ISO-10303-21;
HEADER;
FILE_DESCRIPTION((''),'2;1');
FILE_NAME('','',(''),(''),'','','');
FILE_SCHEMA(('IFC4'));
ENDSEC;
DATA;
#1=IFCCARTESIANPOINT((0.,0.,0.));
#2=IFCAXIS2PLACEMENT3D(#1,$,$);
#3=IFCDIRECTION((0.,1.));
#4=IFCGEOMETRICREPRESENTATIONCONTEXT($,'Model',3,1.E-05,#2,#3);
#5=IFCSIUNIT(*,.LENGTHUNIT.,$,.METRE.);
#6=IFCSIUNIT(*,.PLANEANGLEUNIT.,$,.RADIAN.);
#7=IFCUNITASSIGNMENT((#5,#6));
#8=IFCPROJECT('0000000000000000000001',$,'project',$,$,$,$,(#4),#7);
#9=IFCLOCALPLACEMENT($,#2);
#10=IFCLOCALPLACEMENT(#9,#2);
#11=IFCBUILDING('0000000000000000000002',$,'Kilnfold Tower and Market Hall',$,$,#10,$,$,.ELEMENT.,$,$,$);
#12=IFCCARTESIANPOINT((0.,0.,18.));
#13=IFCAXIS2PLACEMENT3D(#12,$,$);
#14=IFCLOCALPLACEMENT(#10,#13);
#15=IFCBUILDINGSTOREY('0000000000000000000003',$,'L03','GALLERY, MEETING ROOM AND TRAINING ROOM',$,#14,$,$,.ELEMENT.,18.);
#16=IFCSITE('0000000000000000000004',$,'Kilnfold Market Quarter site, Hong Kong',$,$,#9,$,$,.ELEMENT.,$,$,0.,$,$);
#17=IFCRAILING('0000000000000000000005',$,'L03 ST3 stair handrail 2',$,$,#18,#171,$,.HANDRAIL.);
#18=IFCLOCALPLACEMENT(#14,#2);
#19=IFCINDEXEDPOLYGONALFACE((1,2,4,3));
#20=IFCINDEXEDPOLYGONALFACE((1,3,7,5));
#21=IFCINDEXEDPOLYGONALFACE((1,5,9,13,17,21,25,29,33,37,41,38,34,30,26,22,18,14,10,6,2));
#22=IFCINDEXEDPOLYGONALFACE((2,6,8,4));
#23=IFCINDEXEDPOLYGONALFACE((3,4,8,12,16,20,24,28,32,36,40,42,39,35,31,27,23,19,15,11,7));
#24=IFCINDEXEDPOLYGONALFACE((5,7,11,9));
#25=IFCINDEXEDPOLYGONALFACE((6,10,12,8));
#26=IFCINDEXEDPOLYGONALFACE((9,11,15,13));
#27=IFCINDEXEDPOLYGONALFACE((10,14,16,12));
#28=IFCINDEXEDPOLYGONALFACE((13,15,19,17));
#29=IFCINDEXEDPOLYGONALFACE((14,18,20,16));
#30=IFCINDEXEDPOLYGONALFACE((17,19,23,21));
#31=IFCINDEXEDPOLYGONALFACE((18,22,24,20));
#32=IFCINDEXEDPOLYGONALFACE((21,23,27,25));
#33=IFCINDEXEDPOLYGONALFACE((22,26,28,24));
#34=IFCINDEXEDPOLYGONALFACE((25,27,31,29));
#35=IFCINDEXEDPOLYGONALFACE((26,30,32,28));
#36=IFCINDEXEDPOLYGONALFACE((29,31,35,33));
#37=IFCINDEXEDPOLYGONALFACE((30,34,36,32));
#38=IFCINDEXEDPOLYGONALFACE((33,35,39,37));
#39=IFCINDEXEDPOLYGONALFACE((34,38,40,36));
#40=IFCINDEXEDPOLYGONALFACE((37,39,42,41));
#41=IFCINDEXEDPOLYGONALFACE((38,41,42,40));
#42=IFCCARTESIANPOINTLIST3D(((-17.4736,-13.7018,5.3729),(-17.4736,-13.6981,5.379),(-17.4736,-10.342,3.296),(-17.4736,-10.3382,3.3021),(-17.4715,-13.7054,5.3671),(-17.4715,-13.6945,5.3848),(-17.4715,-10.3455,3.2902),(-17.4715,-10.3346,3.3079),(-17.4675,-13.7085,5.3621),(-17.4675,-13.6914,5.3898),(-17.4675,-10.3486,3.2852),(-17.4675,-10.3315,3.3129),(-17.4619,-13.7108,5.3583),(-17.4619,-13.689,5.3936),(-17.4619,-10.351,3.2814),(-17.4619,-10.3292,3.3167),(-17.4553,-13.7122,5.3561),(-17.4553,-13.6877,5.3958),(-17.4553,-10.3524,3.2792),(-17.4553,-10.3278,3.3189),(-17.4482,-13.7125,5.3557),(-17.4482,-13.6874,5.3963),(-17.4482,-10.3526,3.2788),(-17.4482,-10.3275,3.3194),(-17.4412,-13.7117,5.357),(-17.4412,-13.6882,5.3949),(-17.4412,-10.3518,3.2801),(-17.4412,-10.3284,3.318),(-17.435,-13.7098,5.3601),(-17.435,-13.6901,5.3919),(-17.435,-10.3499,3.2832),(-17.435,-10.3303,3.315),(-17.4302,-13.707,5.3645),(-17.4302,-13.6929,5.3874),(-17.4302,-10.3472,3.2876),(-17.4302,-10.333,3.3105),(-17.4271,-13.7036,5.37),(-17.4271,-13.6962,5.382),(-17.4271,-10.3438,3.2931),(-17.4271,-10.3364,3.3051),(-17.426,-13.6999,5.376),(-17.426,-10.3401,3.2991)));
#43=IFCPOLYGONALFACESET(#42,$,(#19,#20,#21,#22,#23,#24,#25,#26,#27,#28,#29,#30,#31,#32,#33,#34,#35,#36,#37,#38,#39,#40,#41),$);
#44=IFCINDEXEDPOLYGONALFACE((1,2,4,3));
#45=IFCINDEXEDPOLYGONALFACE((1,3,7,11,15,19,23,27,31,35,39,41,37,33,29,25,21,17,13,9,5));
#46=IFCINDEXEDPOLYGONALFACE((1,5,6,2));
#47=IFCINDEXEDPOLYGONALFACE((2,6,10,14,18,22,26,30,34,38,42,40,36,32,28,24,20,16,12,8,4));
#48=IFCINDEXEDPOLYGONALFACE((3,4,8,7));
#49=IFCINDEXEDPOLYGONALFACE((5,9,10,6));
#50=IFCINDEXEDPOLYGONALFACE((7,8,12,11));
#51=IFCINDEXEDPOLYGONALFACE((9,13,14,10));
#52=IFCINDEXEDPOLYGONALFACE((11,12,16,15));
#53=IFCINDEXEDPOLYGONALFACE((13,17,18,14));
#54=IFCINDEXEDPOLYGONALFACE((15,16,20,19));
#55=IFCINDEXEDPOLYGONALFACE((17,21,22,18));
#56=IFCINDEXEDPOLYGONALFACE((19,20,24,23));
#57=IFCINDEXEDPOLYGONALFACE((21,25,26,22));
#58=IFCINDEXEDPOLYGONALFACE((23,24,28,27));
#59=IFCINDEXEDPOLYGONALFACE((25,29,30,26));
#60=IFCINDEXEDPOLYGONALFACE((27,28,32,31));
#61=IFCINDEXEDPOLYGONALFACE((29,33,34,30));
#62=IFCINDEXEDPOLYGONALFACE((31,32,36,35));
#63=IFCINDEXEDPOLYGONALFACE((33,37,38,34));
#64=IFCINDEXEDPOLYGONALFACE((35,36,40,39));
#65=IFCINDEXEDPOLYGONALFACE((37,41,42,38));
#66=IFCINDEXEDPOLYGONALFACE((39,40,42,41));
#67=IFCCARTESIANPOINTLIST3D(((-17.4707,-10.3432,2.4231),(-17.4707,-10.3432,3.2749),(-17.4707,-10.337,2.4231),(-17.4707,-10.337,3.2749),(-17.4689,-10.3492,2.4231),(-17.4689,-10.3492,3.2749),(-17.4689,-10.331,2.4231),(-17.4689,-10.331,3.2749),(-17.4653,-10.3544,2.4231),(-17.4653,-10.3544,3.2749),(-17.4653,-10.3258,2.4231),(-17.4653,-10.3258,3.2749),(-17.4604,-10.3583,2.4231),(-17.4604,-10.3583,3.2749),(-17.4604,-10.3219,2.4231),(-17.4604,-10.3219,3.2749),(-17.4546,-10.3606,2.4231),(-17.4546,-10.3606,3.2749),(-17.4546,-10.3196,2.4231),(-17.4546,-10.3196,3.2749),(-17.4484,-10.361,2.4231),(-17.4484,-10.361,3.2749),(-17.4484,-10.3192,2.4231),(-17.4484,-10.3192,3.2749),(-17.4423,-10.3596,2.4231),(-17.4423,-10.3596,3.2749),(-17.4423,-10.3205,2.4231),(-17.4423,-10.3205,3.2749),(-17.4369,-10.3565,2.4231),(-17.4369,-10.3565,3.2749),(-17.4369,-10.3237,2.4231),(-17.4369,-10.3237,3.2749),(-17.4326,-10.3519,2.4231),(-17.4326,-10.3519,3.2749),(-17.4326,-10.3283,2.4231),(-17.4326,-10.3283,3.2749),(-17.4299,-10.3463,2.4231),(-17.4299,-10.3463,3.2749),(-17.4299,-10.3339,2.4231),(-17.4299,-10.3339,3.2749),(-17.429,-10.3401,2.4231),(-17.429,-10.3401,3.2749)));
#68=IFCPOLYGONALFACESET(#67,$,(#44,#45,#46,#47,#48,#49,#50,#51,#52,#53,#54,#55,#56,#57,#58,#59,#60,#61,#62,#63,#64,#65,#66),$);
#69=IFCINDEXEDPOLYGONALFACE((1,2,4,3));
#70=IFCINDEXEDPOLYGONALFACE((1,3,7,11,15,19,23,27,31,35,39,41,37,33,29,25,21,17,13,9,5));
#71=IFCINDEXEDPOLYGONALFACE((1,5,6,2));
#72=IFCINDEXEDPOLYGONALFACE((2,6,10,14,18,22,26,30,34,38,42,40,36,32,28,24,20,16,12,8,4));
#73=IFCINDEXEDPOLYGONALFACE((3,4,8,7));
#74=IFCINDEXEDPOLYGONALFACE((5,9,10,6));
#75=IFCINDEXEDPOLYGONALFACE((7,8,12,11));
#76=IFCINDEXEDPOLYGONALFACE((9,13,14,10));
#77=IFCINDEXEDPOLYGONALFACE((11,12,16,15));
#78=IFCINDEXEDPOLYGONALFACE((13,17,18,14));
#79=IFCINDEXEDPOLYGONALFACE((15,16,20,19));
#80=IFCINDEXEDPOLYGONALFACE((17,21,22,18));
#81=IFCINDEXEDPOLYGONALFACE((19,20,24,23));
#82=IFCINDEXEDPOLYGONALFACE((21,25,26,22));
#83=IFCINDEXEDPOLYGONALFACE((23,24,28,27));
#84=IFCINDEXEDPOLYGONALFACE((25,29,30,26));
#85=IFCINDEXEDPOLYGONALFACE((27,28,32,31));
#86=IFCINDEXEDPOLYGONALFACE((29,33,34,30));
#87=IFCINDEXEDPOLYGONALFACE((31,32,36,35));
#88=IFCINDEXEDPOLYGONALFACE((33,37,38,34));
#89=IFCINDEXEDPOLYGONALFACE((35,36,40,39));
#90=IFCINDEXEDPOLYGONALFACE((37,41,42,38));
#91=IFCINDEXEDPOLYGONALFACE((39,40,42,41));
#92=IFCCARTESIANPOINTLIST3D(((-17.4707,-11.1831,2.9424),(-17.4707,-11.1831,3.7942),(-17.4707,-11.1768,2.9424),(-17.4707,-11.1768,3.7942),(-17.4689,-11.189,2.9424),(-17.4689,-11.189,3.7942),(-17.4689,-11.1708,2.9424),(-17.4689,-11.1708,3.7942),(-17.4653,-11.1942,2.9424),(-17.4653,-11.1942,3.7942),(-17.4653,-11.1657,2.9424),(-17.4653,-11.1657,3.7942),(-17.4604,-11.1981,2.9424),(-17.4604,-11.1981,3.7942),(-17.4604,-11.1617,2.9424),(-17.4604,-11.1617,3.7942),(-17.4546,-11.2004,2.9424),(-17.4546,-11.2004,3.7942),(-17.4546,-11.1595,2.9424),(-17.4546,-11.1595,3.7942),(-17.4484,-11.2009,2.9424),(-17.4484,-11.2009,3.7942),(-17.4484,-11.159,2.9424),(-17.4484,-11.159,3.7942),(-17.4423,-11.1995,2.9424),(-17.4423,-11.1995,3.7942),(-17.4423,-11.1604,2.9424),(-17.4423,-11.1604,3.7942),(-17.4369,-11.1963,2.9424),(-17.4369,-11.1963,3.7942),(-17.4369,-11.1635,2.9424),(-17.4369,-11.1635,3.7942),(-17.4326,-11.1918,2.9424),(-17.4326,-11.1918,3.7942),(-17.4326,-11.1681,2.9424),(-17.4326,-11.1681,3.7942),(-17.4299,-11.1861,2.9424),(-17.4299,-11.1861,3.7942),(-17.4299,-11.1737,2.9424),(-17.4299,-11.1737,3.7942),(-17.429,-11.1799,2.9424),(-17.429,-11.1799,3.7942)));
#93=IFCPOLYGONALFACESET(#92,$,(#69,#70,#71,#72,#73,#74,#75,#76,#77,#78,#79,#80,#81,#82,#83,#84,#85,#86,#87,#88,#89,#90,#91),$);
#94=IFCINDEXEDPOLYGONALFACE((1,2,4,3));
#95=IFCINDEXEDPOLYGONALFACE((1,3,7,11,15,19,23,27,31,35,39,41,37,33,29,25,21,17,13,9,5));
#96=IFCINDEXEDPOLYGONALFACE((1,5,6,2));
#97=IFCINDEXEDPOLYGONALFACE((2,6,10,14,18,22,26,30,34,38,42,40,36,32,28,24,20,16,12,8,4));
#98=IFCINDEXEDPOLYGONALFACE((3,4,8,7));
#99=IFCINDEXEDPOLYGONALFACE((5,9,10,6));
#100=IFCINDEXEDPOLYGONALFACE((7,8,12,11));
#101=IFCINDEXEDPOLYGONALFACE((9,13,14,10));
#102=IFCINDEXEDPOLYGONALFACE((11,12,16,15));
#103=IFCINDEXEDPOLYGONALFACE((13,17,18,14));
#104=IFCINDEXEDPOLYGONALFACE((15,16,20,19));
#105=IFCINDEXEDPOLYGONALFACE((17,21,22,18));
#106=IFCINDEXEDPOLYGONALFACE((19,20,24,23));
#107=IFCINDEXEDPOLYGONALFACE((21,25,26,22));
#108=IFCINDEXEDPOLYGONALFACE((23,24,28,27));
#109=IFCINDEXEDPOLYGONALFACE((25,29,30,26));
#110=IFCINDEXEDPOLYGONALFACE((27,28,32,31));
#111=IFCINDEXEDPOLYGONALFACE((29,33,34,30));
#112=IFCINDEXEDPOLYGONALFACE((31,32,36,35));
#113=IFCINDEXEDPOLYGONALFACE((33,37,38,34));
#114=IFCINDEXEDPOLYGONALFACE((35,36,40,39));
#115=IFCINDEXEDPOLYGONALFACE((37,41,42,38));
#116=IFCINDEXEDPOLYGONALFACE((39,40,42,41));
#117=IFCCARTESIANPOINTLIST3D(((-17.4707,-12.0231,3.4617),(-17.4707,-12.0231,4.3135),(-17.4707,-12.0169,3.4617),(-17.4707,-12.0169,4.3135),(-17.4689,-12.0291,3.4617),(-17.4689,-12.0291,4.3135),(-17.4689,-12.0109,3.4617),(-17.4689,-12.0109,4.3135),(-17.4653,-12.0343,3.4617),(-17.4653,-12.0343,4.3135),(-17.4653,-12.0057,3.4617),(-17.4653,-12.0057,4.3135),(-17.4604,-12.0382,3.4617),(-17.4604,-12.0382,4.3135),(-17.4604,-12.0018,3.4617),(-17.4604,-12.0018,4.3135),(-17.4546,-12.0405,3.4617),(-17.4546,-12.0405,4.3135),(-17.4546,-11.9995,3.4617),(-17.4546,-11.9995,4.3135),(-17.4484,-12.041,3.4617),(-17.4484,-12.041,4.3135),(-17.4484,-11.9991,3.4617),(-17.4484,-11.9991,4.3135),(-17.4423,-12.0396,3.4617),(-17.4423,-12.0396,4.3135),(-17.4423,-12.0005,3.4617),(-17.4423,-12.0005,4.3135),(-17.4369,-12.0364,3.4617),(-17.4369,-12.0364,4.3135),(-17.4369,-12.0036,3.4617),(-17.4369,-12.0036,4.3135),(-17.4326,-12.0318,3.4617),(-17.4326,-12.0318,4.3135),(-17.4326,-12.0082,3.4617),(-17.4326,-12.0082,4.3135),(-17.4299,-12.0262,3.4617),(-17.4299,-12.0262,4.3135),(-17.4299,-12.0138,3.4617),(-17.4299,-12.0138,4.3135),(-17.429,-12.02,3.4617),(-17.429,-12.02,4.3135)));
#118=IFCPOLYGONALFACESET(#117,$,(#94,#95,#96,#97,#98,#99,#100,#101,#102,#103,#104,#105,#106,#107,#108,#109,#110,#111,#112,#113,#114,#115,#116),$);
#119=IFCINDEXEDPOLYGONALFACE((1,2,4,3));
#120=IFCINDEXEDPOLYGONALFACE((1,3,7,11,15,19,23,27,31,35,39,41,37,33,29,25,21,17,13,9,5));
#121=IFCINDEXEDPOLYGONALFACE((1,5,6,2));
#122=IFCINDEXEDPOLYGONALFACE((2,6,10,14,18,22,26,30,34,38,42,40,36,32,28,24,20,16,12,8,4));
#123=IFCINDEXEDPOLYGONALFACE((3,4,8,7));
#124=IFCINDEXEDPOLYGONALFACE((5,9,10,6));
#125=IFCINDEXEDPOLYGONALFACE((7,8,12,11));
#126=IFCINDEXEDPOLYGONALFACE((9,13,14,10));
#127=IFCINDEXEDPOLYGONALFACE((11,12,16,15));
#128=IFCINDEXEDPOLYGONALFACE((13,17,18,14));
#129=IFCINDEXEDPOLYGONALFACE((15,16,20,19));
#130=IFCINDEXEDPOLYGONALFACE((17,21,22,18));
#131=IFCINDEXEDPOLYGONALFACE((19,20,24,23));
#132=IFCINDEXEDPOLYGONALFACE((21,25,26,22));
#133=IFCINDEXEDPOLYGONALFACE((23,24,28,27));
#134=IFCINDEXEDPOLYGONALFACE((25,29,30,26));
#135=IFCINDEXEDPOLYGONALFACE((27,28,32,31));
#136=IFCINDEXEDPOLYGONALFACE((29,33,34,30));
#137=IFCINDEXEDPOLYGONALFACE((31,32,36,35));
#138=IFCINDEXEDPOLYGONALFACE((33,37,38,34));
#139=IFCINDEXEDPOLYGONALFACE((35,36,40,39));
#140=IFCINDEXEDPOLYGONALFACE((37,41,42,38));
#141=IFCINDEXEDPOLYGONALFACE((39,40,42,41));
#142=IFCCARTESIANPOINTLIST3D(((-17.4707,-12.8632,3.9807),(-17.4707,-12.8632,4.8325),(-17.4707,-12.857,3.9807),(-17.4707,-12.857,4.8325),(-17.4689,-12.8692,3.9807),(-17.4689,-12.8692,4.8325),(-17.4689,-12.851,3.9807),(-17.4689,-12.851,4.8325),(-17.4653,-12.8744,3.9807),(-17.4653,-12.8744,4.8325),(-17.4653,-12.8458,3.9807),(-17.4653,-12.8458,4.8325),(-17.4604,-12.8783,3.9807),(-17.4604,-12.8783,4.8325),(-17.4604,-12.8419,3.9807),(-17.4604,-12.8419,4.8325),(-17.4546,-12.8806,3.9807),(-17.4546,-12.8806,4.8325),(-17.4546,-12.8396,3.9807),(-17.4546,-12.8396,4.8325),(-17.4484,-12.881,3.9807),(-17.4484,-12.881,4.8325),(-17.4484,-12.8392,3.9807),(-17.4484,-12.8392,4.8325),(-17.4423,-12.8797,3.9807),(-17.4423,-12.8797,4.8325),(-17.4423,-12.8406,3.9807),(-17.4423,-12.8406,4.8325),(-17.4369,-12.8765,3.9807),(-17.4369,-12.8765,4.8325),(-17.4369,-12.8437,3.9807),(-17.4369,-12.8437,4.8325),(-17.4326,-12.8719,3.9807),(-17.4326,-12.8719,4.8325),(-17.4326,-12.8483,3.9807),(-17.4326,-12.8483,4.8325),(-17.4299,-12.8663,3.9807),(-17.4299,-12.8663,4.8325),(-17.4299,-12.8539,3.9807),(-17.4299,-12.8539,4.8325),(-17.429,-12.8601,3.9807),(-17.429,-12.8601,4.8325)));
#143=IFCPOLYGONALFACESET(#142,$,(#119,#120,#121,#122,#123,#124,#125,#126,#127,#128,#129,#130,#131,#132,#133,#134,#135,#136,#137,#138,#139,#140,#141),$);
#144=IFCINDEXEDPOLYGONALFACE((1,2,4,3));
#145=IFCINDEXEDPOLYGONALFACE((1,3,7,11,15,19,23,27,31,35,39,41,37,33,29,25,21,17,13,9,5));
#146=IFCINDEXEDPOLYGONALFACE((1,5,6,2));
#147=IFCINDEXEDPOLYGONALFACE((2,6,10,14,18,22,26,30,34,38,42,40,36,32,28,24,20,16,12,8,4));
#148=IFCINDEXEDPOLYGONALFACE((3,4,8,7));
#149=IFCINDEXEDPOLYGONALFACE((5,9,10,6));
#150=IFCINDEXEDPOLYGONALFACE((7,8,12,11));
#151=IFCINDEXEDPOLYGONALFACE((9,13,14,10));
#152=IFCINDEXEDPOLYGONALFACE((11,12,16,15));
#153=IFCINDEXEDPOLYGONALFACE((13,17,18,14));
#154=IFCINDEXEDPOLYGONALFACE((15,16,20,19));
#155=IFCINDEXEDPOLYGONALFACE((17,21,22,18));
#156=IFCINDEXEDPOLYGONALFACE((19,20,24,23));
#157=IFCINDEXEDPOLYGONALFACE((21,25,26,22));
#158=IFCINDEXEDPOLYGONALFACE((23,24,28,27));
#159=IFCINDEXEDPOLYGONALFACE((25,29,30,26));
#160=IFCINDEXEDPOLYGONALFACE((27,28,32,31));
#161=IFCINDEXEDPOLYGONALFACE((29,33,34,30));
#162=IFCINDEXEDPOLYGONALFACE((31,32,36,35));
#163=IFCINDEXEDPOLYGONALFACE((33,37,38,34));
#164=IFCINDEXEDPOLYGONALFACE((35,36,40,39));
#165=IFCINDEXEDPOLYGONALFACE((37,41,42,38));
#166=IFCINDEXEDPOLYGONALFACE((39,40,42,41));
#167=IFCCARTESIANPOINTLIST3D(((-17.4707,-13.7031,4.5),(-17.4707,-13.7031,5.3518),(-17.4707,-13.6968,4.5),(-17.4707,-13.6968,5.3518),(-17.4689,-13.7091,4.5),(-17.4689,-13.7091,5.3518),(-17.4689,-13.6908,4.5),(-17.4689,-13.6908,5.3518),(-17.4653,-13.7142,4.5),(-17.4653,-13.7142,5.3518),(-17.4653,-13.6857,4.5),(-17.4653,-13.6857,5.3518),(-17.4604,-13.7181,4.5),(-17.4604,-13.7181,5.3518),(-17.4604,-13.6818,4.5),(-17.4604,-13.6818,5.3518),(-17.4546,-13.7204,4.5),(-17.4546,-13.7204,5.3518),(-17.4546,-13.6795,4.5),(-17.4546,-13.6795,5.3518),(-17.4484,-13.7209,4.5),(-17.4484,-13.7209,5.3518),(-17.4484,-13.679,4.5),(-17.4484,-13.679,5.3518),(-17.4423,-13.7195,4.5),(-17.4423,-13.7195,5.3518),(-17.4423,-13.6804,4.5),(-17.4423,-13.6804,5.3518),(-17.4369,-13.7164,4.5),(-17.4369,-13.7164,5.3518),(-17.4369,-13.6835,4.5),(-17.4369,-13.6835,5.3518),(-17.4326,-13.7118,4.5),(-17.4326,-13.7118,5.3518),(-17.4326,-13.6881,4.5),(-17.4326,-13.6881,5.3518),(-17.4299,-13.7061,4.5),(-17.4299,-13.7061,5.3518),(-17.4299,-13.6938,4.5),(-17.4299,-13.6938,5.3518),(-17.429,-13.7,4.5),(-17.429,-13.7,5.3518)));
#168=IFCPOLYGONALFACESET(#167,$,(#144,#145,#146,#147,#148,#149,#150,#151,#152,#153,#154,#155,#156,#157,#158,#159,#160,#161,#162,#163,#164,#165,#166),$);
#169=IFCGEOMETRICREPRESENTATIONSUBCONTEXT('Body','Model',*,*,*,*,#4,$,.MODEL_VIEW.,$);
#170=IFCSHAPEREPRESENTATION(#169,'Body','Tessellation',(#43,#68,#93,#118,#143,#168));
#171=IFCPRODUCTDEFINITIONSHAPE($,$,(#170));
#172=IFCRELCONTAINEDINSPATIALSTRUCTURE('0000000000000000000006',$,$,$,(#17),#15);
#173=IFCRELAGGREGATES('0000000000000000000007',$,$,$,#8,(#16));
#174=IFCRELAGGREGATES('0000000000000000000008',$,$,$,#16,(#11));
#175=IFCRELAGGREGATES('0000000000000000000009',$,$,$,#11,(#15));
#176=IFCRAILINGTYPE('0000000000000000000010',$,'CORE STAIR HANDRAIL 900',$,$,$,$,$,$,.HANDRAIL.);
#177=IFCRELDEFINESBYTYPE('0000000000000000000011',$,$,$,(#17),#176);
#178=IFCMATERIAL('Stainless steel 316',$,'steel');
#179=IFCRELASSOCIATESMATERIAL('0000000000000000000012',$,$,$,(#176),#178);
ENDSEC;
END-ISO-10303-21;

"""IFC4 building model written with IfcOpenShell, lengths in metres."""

from ifc_helpers import new_model, si_unit, direction, frame, origin, origin_2d, place, context, subcontext, project, spatial, circle, extrude, material, type_object, element, save


model = new_model("IFC4")

# Units and contexts
model_context = context("Model", 3, precision=1e-05, world=origin(), true_north=direction((0.0, 1.0)))
body_context = subcontext(model_context, "Body", "Model", "MODEL_VIEW")
ifc_project = project(units=[si_unit("LENGTHUNIT", "METRE"), si_unit("PLANEANGLEUNIT", "RADIAN")], contexts=[model_context])

# Site, building, storey
site_placement = place(None, origin())
site = spatial("IfcSite", under=ifc_project, at=site_placement, Name="Kilnfold Market Quarter site, Hong Kong", CompositionType="ELEMENT", RefElevation=0.0)
building_placement = place(site_placement, origin())
building = spatial("IfcBuilding", under=site, at=building_placement, Name="Kilnfold Tower and Market Hall", CompositionType="ELEMENT")
storey_placement = place(building_placement, frame((0.0, 0.0, 18.0)))
storey = spatial("IfcBuildingStorey", under=building, at=storey_placement, Name="L03", Description="GALLERY, MEETING ROOM AND TRAINING ROOM", CompositionType="ELEMENT", Elevation=18.0)

# Railing
ifc_material_1 = material(Name="Stainless steel 316", Category="steel")
railing_type_1 = type_object("IfcRailingType", Name="CORE STAIR HANDRAIL 900", PredefinedType="HANDRAIL", material=ifc_material_1)
railing_1_placement = place(storey_placement, frame((-17.45, -10.3401, 2.4231)))
element("IfcRailing", 1, at=railing_1_placement, inside=storey, type_object=railing_type_1, Name="L03 ST3 stair handrail 2", PredefinedType="HANDRAIL", context=body_context, shape_type="SweptSolid", body=[
    extrude(circle(Radius=0.0239, at=origin_2d()), frame((0.0, 0.0, 0.876), z_axis=(0.0, -0.850606, 0.525803), x_axis=(1.0, 0.0, 0.0)), (0.0, 0.0, 1.0), 3.95),
    extrude(circle(Radius=0.021, at=origin_2d()), origin(), (0.0, 0.0, 1.0), 0.8518),
    extrude(circle(Radius=0.021, at=origin_2d()), frame((0.0, -0.8398, 0.5193)), (0.0, 0.0, 1.0), 0.8518),
    extrude(circle(Radius=0.021, at=origin_2d()), frame((0.0, -1.6799, 1.0386)), (0.0, 0.0, 1.0), 0.8518),
    extrude(circle(Radius=0.021, at=origin_2d()), frame((0.0, -2.52, 1.5576)), (0.0, 0.0, 1.0), 0.8518),
    extrude(circle(Radius=0.021, at=origin_2d()), frame((0.0, -3.3599, 2.0769)), (0.0, 0.0, 1.0), 0.8518),
])

save(model, "model.ifc")
